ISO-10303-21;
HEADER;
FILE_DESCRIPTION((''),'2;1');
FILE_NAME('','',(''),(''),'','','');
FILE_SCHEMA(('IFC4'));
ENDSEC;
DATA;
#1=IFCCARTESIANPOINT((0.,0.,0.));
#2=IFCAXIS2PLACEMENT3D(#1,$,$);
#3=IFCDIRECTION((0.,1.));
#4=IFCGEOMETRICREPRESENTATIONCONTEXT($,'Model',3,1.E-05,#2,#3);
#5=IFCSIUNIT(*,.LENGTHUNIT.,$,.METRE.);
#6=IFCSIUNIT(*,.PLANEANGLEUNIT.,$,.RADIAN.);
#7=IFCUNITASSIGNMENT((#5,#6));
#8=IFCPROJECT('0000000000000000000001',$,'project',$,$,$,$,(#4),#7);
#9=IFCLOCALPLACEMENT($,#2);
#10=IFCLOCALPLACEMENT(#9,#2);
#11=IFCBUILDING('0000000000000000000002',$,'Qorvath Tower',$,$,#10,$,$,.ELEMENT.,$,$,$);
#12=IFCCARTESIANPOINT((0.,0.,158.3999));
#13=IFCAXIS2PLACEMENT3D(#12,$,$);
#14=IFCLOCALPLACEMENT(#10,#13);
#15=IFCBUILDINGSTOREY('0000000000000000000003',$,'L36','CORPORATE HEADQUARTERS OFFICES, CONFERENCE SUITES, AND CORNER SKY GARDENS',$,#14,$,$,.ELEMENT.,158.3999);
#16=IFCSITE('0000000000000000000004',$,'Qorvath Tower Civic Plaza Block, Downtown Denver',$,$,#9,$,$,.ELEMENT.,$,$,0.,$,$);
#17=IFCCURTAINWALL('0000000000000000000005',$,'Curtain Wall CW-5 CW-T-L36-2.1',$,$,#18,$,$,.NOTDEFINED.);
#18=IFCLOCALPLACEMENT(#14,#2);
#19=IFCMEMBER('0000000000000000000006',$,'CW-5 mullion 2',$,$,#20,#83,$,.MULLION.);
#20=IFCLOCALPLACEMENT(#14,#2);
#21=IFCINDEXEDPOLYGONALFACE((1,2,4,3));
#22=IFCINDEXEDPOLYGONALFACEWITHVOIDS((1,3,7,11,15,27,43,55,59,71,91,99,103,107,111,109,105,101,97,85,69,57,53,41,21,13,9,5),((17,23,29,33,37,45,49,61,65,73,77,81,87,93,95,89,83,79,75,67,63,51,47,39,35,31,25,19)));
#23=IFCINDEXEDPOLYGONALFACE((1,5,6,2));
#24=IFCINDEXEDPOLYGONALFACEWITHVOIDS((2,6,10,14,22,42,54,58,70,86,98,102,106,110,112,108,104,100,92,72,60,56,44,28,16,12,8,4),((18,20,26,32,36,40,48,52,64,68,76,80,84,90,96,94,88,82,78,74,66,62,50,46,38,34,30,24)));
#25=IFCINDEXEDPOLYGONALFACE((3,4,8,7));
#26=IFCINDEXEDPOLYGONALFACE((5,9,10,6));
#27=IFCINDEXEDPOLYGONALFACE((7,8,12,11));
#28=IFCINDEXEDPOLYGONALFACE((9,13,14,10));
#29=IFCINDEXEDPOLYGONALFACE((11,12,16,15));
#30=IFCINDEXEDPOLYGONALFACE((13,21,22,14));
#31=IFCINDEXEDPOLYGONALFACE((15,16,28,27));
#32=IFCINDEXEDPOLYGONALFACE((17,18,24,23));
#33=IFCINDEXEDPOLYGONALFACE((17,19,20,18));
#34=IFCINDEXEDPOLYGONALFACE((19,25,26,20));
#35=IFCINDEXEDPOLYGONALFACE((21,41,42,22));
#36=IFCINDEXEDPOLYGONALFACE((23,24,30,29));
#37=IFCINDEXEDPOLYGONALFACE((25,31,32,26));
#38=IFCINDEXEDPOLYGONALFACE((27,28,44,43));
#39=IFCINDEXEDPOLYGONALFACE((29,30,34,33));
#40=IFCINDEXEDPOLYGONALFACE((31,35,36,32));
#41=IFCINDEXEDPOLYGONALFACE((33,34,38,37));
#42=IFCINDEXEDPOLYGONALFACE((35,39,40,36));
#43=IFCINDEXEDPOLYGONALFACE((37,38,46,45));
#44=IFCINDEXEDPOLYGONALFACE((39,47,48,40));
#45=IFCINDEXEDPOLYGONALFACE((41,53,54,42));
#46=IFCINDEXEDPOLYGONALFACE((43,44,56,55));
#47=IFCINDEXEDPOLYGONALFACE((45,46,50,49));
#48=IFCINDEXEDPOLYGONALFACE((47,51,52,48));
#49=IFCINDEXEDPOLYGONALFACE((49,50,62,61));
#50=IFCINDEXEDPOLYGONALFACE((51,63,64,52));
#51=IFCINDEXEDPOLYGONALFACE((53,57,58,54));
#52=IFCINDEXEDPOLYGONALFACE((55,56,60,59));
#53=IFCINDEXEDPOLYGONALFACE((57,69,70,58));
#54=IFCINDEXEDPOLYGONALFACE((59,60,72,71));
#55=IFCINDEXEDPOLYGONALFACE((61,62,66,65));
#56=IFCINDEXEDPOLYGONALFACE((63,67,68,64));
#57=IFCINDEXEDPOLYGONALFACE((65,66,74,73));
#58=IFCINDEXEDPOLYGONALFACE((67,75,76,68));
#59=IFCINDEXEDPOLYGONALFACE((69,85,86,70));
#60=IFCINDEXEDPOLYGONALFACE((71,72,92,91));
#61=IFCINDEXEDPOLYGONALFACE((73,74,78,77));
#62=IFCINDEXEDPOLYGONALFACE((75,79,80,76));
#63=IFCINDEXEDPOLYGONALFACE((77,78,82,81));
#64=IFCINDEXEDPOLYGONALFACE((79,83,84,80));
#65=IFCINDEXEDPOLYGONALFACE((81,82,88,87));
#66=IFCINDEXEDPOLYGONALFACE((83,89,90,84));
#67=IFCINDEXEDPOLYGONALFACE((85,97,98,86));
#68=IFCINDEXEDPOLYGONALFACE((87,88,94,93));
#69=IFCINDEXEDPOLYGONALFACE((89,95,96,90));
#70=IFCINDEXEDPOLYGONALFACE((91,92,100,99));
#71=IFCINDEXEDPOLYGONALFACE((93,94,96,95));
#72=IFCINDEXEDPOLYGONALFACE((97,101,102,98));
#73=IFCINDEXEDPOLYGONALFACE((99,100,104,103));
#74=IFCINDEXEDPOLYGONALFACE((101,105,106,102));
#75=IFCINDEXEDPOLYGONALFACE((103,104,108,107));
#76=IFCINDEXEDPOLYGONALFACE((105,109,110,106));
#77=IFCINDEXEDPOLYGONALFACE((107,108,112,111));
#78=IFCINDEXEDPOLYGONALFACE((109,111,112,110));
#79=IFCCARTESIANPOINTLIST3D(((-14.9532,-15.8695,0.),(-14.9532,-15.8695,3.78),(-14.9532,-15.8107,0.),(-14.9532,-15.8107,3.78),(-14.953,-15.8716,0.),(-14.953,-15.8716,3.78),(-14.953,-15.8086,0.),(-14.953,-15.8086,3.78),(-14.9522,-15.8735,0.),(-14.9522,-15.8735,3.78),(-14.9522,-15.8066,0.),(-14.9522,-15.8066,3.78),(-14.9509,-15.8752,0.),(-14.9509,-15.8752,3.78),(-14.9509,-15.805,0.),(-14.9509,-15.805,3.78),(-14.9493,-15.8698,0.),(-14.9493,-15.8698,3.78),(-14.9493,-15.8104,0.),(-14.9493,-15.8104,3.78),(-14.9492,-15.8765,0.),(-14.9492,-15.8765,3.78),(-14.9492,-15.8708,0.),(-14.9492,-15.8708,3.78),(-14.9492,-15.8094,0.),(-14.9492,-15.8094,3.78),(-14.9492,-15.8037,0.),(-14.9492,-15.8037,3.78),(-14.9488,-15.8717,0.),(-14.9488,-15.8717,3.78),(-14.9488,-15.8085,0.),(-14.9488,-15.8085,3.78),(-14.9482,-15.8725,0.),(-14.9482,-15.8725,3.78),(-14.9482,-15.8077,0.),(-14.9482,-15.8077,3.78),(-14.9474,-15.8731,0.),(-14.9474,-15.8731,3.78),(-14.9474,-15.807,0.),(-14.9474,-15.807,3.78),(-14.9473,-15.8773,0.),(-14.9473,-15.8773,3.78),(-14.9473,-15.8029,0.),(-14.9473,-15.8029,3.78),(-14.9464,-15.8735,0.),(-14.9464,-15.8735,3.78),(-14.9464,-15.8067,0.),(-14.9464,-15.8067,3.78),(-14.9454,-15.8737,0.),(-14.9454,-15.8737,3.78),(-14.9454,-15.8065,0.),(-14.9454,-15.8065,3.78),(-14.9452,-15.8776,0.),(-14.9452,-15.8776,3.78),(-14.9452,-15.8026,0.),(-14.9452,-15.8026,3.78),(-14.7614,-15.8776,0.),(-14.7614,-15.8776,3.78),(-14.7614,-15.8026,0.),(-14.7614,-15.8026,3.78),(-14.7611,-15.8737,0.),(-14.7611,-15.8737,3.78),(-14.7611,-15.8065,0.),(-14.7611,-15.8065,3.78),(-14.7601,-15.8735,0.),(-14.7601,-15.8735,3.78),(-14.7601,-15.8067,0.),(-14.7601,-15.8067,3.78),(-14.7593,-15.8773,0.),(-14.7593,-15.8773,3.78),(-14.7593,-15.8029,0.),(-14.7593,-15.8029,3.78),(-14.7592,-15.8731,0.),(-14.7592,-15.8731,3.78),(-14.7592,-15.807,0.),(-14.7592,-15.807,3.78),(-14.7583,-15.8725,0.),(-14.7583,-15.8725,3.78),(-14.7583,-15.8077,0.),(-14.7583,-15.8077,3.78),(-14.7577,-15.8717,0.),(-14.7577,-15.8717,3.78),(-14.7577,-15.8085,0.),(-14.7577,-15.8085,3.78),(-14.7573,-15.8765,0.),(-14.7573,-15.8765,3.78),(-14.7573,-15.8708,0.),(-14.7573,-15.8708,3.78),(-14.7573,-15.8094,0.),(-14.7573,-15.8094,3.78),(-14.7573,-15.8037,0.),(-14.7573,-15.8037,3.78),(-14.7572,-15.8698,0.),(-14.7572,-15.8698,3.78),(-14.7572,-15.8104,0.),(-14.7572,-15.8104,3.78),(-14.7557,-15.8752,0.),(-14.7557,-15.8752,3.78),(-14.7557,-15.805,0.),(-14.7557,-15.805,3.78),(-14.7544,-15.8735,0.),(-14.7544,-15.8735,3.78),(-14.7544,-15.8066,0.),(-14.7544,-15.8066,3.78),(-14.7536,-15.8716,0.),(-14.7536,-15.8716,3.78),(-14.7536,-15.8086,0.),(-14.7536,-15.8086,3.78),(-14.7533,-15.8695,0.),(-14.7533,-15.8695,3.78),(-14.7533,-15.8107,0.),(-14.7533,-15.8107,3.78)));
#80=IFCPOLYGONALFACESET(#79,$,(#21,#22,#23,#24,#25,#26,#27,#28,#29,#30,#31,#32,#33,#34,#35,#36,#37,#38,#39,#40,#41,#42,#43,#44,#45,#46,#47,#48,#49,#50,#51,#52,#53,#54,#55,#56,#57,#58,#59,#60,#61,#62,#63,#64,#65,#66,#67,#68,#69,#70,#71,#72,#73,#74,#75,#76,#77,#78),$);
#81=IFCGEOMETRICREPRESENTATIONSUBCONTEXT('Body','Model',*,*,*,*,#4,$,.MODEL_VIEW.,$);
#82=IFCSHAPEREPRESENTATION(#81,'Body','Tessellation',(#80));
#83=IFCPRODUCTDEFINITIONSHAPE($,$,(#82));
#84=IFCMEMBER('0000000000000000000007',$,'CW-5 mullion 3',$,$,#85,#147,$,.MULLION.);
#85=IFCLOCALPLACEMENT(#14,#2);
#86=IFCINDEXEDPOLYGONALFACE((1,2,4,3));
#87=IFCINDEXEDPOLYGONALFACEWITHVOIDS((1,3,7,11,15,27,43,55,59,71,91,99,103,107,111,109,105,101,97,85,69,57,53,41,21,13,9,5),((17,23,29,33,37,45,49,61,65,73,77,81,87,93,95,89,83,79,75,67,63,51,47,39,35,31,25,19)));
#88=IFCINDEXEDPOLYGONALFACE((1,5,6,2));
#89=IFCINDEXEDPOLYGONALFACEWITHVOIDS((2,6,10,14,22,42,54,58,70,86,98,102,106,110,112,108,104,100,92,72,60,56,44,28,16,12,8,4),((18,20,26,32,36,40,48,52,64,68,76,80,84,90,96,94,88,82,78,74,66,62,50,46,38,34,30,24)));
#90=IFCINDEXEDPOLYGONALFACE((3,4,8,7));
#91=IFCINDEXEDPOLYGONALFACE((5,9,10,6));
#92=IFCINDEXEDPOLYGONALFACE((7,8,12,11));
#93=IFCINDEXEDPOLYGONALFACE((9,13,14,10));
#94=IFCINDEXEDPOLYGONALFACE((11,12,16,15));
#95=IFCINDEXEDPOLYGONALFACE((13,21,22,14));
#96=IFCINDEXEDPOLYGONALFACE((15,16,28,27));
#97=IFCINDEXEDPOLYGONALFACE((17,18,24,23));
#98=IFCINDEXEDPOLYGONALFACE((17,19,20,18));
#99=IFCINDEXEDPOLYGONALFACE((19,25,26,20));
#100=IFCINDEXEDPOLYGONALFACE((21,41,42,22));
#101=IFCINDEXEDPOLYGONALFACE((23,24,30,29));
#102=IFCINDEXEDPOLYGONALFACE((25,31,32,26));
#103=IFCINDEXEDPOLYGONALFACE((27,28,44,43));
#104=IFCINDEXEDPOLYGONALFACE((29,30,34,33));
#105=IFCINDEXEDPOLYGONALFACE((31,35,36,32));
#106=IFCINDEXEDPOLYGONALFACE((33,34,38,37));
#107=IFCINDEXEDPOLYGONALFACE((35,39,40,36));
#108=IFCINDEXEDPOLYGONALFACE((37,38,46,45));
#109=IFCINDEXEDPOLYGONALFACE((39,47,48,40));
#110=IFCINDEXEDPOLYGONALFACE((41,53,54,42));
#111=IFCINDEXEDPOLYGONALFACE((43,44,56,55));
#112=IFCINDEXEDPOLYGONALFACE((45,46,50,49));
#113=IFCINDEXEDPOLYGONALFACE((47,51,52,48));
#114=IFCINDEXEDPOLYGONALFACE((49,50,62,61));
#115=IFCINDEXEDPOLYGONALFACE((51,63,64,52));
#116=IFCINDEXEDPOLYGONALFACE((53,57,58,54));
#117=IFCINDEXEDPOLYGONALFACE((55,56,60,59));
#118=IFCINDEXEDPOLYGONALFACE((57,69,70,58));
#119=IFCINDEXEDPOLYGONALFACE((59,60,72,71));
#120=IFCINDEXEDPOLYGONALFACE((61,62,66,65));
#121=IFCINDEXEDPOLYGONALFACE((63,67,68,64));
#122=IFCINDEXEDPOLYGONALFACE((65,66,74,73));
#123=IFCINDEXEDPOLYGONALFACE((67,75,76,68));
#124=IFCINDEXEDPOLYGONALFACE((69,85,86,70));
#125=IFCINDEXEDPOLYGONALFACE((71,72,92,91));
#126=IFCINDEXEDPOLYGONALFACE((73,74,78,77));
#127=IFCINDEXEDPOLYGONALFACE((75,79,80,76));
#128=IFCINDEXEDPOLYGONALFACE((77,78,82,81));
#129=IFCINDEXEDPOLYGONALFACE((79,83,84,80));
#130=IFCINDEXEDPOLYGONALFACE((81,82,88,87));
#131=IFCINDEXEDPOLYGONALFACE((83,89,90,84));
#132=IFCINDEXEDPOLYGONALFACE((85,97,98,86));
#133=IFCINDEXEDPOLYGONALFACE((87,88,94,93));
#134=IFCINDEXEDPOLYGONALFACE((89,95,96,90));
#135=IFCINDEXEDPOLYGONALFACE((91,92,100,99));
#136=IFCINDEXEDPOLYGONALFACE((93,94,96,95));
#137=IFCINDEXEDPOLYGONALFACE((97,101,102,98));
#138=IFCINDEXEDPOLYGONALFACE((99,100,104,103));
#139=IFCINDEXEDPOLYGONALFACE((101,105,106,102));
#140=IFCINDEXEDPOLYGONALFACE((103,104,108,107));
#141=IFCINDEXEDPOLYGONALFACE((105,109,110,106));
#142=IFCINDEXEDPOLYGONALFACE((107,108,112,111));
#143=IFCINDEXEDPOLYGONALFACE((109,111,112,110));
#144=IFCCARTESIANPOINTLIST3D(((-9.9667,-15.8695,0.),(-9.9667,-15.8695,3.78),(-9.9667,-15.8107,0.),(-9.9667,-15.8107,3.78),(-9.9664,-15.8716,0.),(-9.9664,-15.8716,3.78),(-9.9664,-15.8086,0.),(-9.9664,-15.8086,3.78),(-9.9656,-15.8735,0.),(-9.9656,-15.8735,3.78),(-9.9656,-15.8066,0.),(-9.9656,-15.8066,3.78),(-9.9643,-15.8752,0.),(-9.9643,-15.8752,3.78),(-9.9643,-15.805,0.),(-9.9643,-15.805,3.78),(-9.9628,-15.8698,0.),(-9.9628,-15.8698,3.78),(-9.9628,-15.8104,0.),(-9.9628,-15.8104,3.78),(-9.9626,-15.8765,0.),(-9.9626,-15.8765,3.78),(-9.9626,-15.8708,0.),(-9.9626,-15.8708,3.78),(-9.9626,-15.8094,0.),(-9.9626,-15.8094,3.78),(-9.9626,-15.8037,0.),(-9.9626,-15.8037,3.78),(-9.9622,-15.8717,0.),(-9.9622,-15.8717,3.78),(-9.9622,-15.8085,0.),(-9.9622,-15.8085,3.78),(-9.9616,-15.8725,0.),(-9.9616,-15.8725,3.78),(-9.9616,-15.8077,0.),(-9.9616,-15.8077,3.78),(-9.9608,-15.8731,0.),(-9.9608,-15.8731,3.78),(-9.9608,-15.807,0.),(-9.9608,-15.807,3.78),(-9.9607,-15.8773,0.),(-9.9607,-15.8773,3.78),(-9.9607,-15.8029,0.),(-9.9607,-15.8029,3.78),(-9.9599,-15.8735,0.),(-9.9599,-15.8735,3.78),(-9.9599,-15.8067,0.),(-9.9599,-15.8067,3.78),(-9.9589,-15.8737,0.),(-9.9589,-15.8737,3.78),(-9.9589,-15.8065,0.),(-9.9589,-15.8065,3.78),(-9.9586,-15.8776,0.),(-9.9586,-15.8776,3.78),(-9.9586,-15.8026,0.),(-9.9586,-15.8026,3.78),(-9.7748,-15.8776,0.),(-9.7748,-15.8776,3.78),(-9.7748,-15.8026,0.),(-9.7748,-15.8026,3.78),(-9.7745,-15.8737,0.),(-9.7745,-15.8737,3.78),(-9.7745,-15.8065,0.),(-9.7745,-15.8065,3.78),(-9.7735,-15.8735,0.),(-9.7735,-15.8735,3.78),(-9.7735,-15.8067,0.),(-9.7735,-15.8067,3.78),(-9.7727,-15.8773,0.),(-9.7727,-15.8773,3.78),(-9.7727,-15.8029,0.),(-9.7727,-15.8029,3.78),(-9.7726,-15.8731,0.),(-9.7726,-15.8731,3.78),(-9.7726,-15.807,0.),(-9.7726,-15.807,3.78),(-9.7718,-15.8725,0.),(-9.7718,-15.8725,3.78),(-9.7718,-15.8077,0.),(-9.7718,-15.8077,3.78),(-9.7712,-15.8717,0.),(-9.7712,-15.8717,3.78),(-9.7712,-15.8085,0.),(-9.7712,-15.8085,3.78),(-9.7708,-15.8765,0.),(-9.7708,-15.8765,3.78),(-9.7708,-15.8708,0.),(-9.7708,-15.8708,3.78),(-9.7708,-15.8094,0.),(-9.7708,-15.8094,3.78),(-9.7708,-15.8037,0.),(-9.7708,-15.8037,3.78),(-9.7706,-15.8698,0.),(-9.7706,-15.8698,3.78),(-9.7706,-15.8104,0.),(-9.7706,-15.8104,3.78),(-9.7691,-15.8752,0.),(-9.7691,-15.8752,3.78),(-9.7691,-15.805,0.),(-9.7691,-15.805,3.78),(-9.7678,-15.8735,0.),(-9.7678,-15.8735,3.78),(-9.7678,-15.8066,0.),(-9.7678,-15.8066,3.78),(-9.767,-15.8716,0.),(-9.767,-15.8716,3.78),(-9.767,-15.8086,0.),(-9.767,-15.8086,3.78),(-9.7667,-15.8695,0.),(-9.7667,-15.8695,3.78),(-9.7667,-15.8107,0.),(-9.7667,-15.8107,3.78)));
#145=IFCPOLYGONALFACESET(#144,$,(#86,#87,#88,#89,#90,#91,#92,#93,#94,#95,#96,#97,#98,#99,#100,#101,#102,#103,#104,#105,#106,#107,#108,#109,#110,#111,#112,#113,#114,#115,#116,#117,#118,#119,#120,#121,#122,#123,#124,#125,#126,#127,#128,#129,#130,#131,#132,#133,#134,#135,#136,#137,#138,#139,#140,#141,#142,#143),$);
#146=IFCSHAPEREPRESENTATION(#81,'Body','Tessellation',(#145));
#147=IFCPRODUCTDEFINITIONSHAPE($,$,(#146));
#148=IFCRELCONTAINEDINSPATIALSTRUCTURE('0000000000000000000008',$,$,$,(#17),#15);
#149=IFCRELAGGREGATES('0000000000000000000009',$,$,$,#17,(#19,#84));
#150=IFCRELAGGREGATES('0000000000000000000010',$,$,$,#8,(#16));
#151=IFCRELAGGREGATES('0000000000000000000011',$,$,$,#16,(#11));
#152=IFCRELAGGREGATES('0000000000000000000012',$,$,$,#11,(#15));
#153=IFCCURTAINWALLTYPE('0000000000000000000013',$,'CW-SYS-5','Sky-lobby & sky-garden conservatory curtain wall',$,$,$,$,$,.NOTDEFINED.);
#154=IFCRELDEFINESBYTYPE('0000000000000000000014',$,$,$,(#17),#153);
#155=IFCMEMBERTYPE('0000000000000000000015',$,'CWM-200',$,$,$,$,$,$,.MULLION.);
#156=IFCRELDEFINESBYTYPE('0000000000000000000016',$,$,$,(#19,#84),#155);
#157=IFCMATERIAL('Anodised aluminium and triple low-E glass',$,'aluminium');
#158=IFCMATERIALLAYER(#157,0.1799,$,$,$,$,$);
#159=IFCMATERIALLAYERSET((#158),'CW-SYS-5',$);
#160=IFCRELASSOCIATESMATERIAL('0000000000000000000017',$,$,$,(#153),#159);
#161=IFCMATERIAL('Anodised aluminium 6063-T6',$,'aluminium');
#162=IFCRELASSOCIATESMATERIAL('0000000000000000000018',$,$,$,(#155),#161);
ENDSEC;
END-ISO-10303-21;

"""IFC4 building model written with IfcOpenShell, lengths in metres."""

from ifc_helpers import new_model, si_unit, direction, frame, origin, origin_2d, place, context, subcontext, project, spatial, hollow_rectangle, extrude, material, layer, layer_set, material_profile, profile_set, type_object, element, aggregate, save


model = new_model("IFC4")

# Units and contexts
model_context = context("Model", 3, precision=1e-05, world=origin(), true_north=direction((0.0, 1.0)))
body_context = subcontext(model_context, "Body", "Model", "MODEL_VIEW")
ifc_project = project(units=[si_unit("LENGTHUNIT", "METRE"), si_unit("PLANEANGLEUNIT", "RADIAN")], contexts=[model_context])

# Site, building, storey
site_placement = place(None, origin())
site = spatial("IfcSite", under=ifc_project, at=site_placement, Name="Qorvath Tower Civic Plaza Block, Downtown Denver", CompositionType="ELEMENT", RefElevation=0.0)
building_placement = place(site_placement, origin())
building = spatial("IfcBuilding", under=site, at=building_placement, Name="Qorvath Tower", CompositionType="ELEMENT")
storey_placement = place(building_placement, frame((0.0, 0.0, 158.3999)))
storey = spatial("IfcBuildingStorey", under=building, at=storey_placement, Name="L36", Description="CORPORATE HEADQUARTERS OFFICES, CONFERENCE SUITES, AND CORNER SKY GARDENS", CompositionType="ELEMENT", Elevation=158.3999)

# Curtain wall, members
ifc_material_1 = material(Name="Anodised aluminium and triple low-E glass", Category="aluminium")
ifc_layer_1 = layer(ifc_material_1, 0.1799)
ifc_layer_set_1 = layer_set([ifc_layer_1], Name="CW-SYS-5")
curtain_wall_type = type_object("IfcCurtainWallType", Name="CW-SYS-5", Description="Sky-lobby & sky-garden conservatory curtain wall", PredefinedType="NOTDEFINED", material=ifc_layer_set_1)
curtain_wall_placement = place(storey_placement, origin())
curtain_wall = element("IfcCurtainWall", 1, at=curtain_wall_placement, inside=storey, type_object=curtain_wall_type, Name="Curtain Wall CW-5 CW-T-L36-2.1", PredefinedType="NOTDEFINED")
ifc_material_2 = material(Name="Anodised aluminium 6063-T6", Category="aluminium")
ifc_material_profile_1 = material_profile(ifc_material_2, hollow_rectangle(XDim=0.075, YDim=0.2, WallThickness=0.0039, InnerFilletRadius=0.0039, OuterFilletRadius=0.0081, at=origin_2d()), Name="CWM 200x75")
ifc_profile_set_1 = profile_set([ifc_material_profile_1], Name="Anodised aluminium 6063-T6")
member_type_1 = type_object("IfcMemberType", Name="CWM-200", PredefinedType="MULLION", material=ifc_profile_set_1)
member_1_placement = place(storey_placement, frame((-14.8533, -15.8401, 0.0), z_axis=(0.0, 0.0, 1.0), x_axis=(0.0, 1.0, 0.0)))
member_1 = element("IfcMember", 2, at=member_1_placement, type_object=member_type_1, Name="CW-5 mullion 2", PredefinedType="MULLION", context=body_context, shape_type="SweptSolid", body=[
    extrude(hollow_rectangle(XDim=0.075, YDim=0.2, WallThickness=0.0039, InnerFilletRadius=0.0039, OuterFilletRadius=0.0081, at=origin_2d()), origin(), (0.0, 0.0, 1.0), 3.78),
])
member_2_placement = place(storey_placement, frame((-9.8667, -15.8401, 0.0), z_axis=(0.0, 0.0, 1.0), x_axis=(0.0, 1.0, 0.0)))
member_2 = element("IfcMember", 3, at=member_2_placement, type_object=member_type_1, Name="CW-5 mullion 3", PredefinedType="MULLION", context=body_context, shape_type="SweptSolid", body=[
    extrude(hollow_rectangle(XDim=0.075, YDim=0.2, WallThickness=0.0039, InnerFilletRadius=0.0039, OuterFilletRadius=0.0081, at=origin_2d()), origin(), (0.0, 0.0, 1.0), 3.78),
])

aggregate(curtain_wall, [member_1, member_2])

save(model, "model.ifc")
